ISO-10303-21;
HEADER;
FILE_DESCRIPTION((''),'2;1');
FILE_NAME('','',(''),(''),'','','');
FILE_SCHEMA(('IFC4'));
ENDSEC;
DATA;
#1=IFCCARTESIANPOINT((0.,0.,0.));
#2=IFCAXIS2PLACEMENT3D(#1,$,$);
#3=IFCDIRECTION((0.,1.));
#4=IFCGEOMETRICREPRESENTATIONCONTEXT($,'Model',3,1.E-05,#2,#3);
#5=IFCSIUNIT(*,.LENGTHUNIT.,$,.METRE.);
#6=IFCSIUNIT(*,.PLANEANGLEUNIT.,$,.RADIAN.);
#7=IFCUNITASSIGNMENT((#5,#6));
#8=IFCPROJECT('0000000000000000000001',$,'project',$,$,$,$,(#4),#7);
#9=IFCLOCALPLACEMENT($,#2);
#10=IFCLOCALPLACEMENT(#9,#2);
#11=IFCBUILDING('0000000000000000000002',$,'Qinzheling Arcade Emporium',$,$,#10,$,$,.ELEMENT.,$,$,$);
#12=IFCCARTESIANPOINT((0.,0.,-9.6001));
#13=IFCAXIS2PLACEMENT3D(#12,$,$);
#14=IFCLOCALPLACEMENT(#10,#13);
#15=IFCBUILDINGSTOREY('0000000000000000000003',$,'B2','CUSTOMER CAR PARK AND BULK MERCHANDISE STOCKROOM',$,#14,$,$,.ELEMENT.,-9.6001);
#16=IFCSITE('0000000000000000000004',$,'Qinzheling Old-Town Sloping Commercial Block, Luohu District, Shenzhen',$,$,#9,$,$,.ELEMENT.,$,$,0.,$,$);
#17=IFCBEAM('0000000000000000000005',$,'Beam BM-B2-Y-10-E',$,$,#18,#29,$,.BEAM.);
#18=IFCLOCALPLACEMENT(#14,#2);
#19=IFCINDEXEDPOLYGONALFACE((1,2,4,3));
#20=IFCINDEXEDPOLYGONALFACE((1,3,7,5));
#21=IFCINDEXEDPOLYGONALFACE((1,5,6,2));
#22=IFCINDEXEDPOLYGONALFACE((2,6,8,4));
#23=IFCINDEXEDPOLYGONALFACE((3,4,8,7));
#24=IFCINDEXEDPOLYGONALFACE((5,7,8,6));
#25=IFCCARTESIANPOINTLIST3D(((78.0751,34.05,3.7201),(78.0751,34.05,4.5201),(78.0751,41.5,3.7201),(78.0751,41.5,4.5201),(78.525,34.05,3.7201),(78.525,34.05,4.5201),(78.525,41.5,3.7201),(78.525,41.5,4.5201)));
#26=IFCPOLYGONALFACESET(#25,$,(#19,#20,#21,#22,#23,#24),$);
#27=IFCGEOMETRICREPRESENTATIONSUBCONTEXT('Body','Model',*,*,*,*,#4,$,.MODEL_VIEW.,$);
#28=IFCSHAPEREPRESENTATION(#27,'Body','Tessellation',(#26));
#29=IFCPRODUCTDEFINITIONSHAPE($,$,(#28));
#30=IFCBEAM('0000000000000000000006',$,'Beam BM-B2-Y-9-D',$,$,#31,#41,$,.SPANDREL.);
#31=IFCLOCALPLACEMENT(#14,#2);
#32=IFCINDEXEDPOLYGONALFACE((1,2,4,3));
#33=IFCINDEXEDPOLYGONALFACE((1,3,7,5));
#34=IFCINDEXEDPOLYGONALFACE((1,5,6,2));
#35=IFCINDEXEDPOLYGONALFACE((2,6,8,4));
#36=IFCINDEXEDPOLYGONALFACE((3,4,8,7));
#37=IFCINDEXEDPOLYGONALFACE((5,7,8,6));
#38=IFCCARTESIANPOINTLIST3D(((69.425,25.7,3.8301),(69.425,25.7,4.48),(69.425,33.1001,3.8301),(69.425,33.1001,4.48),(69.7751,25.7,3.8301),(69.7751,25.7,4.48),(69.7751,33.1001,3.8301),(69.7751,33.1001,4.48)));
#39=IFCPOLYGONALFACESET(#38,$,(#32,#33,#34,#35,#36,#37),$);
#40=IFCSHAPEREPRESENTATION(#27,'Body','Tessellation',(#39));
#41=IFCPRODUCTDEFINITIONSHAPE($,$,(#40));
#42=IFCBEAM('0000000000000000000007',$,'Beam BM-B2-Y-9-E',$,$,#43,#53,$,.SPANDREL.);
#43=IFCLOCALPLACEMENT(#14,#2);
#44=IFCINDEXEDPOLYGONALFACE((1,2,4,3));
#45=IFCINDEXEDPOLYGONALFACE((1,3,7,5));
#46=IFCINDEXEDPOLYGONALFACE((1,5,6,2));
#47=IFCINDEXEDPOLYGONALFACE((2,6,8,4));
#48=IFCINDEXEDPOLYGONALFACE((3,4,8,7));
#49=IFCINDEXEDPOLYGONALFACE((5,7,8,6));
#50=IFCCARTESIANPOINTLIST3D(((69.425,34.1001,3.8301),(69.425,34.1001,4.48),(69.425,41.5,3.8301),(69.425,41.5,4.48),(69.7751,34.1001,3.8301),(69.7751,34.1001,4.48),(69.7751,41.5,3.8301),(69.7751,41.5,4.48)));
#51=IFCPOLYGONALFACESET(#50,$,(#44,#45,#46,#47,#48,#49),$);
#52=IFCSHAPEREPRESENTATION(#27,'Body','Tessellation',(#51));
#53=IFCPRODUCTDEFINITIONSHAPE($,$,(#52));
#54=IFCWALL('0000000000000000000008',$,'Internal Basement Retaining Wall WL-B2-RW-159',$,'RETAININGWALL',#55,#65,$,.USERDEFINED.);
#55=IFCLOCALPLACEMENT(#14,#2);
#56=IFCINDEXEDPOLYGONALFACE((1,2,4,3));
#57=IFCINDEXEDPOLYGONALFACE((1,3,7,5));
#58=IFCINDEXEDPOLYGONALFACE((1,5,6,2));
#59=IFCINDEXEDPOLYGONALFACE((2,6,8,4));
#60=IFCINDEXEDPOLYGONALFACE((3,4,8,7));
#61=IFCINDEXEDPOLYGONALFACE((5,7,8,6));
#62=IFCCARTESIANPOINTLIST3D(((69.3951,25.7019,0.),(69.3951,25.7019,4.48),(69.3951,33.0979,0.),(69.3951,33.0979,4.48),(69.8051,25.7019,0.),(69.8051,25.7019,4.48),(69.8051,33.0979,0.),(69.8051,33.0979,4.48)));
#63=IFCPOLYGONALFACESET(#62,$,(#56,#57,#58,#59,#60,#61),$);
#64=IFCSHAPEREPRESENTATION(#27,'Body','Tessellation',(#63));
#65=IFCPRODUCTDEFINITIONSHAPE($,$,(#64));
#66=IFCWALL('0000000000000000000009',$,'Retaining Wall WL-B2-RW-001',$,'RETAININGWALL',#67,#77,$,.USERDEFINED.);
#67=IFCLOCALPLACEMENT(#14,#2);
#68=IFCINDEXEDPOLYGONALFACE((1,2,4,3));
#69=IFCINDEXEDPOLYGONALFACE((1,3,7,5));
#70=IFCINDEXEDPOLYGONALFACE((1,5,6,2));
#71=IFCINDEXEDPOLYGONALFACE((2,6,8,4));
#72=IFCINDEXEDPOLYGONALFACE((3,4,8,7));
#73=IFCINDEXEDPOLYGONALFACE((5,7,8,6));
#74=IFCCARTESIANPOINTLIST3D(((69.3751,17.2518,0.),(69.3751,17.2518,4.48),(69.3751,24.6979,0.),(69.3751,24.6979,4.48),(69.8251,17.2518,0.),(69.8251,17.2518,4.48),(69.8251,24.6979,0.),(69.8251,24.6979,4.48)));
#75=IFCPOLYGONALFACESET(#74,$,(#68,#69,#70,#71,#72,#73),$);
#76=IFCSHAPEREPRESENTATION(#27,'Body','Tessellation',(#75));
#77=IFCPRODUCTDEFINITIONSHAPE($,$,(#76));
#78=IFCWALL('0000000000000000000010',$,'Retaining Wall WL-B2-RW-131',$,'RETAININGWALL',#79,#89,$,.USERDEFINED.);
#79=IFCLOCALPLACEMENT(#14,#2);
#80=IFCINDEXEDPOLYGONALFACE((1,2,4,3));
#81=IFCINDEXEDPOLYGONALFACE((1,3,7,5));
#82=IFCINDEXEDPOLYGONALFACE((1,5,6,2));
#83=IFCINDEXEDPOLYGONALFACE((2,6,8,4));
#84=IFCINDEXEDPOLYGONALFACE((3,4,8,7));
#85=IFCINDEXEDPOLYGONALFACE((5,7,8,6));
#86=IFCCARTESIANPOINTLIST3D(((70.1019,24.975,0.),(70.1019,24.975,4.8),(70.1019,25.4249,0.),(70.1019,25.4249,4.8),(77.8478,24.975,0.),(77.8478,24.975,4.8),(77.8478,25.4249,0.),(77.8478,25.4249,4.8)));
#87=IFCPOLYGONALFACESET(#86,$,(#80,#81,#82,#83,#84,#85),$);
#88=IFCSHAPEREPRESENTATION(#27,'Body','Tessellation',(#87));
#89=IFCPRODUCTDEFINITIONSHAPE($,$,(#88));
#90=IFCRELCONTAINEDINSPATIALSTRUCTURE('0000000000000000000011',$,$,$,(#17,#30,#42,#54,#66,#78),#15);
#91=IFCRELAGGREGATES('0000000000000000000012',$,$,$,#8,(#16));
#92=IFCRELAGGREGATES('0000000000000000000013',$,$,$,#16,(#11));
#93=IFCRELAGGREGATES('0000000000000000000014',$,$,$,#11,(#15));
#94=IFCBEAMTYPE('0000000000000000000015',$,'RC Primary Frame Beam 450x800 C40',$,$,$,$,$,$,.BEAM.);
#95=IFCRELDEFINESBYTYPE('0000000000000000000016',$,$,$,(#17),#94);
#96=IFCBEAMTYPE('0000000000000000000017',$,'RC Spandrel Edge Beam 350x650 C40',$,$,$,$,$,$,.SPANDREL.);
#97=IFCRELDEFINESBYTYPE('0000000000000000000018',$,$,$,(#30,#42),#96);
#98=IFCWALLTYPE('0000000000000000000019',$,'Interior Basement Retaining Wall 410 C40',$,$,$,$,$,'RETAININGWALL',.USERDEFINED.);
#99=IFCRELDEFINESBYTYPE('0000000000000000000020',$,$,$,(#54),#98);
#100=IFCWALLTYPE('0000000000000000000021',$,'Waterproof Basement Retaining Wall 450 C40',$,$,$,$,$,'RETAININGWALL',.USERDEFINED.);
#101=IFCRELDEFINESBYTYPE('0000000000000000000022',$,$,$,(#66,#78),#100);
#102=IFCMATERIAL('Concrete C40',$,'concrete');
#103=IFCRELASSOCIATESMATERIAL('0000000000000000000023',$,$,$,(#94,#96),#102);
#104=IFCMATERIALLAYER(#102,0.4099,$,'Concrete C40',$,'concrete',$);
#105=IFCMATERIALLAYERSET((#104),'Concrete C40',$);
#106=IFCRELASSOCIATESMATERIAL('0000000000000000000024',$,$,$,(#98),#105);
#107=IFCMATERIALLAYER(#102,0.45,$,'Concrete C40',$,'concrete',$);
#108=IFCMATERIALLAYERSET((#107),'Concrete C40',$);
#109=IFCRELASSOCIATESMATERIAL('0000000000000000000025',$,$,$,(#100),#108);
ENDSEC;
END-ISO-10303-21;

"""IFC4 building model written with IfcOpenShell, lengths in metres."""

from ifc_helpers import new_model, si_unit, direction, frame, frame_2d, origin, origin_2d, place, context, subcontext, project, spatial, rectangle, extrude, material, layer, layer_set, material_profile, profile_set, type_object, element, save


model = new_model("IFC4")

# Units and contexts
model_context = context("Model", 3, precision=1e-05, world=origin(), true_north=direction((0.0, 1.0)))
body_context = subcontext(model_context, "Body", "Model", "MODEL_VIEW")
ifc_project = project(units=[si_unit("LENGTHUNIT", "METRE"), si_unit("PLANEANGLEUNIT", "RADIAN")], contexts=[model_context])

# Site, building, storey
site_placement = place(None, origin())
site = spatial("IfcSite", under=ifc_project, at=site_placement, Name="Qinzheling Old-Town Sloping Commercial Block, Luohu District, Shenzhen", CompositionType="ELEMENT", RefElevation=0.0)
building_placement = place(site_placement, origin())
building = spatial("IfcBuilding", under=site, at=building_placement, Name="Qinzheling Arcade Emporium", CompositionType="ELEMENT")
storey_placement = place(building_placement, frame((0.0, 0.0, -9.6001)))
storey = spatial("IfcBuildingStorey", under=building, at=storey_placement, Name="B2", Description="CUSTOMER CAR PARK AND BULK MERCHANDISE STOCKROOM", CompositionType="ELEMENT", Elevation=-9.6001)

# Shared definitions
ifc_material_1 = material(Name="Concrete C40", Category="concrete")

# Beams
ifc_material_profile_1 = material_profile(ifc_material_1, rectangle(XDim=0.45, YDim=0.8, at=origin_2d()), Name="RC 450x800", Category="concrete")
ifc_profile_set_1 = profile_set([ifc_material_profile_1], Name="Concrete C40")
beam_type_1 = type_object("IfcBeamType", Name="RC Primary Frame Beam 450x800 C40", PredefinedType="BEAM", material=ifc_profile_set_1)
beam_1_placement = place(storey_placement, frame((78.3, 34.05, 4.1201), z_axis=(0.0, 1.0, 0.0), x_axis=(-1.0, 0.0, 0.0)))
element("IfcBeam", 1, at=beam_1_placement, inside=storey, type_object=beam_type_1, Name="Beam BM-B2-Y-10-E", PredefinedType="BEAM", context=body_context, shape_type="SweptSolid", body=[
    extrude(rectangle(XDim=0.45, YDim=0.8, at=origin_2d()), origin(), (0.0, 0.0, 1.0), 7.45),
])
ifc_material_profile_2 = material_profile(ifc_material_1, rectangle(XDim=0.3501, YDim=0.6499, at=origin_2d()), Name="RC 350x650", Category="concrete")
ifc_profile_set_2 = profile_set([ifc_material_profile_2], Name="Concrete C40")
beam_type_2 = type_object("IfcBeamType", Name="RC Spandrel Edge Beam 350x650 C40", PredefinedType="SPANDREL", material=ifc_profile_set_2)
beam_2_placement = place(storey_placement, frame((69.6001, 25.7, 4.155), z_axis=(0.0, 1.0, 0.0), x_axis=(-1.0, 0.0, 0.0)))
element("IfcBeam", 2, at=beam_2_placement, inside=storey, type_object=beam_type_2, Name="Beam BM-B2-Y-9-D", PredefinedType="SPANDREL", context=body_context, shape_type="SweptSolid", body=[
    extrude(rectangle(XDim=0.3501, YDim=0.6499, at=origin_2d()), origin(), (0.0, 0.0, 1.0), 7.4001),
])
beam_3_placement = place(storey_placement, frame((69.6001, 34.1001, 4.155), z_axis=(0.0, 1.0, 0.0), x_axis=(-1.0, 0.0, 0.0)))
element("IfcBeam", 3, at=beam_3_placement, inside=storey, type_object=beam_type_2, Name="Beam BM-B2-Y-9-E", PredefinedType="SPANDREL", context=body_context, shape_type="SweptSolid", body=[
    extrude(rectangle(XDim=0.3501, YDim=0.6499, at=origin_2d()), origin(), (0.0, 0.0, 1.0), 7.3999),
])

# Walls
ifc_layer_1 = layer(ifc_material_1, 0.4099, Name="Concrete C40", Category="concrete")
ifc_layer_set_1 = layer_set([ifc_layer_1], Name="Concrete C40")
wall_type_1 = type_object("IfcWallType", Name="Interior Basement Retaining Wall 410 C40", ElementType="RETAININGWALL", PredefinedType="USERDEFINED", material=ifc_layer_set_1)
wall_1_placement = place(storey_placement, frame((69.6001, 33.0979, 0.0), z_axis=(0.0, 0.0, 1.0), x_axis=(0.0, -1.0, 0.0)))
element("IfcWall", 4, at=wall_1_placement, inside=storey, type_object=wall_type_1, Name="Internal Basement Retaining Wall WL-B2-RW-159", ObjectType="RETAININGWALL", PredefinedType="USERDEFINED", context=body_context, shape_type="SweptSolid", body=[
    extrude(rectangle(XDim=7.396, YDim=0.4099, at=frame_2d((3.698, 0.0))), origin(), (0.0, 0.0, 1.0), 4.48),
])
ifc_layer_2 = layer(ifc_material_1, 0.45, Name="Concrete C40", Category="concrete")
ifc_layer_set_2 = layer_set([ifc_layer_2], Name="Concrete C40")
wall_type_2 = type_object("IfcWallType", Name="Waterproof Basement Retaining Wall 450 C40", ElementType="RETAININGWALL", PredefinedType="USERDEFINED", material=ifc_layer_set_2)
wall_2_placement = place(storey_placement, frame((69.6001, 24.698, 0.0), z_axis=(0.0, 0.0, 1.0), x_axis=(0.0, -1.0, 0.0)))
element("IfcWall", 5, at=wall_2_placement, inside=storey, type_object=wall_type_2, Name="Retaining Wall WL-B2-RW-001", ObjectType="RETAININGWALL", PredefinedType="USERDEFINED", context=body_context, shape_type="SweptSolid", body=[
    extrude(rectangle(XDim=7.446, YDim=0.45, at=frame_2d((3.7231, 0.0))), origin(), (0.0, 0.0, 1.0), 4.48),
])
wall_3_placement = place(storey_placement, frame((77.8479, 25.2, 0.0), z_axis=(0.0, 0.0, 1.0), x_axis=(-1.0, 0.0, 0.0)))
element("IfcWall", 6, at=wall_3_placement, inside=storey, type_object=wall_type_2, Name="Retaining Wall WL-B2-RW-131", ObjectType="RETAININGWALL", PredefinedType="USERDEFINED", context=body_context, shape_type="SweptSolid", body=[
    extrude(rectangle(XDim=7.7458, YDim=0.45, at=frame_2d((3.873, 0.0))), origin(), (0.0, 0.0, 1.0), 4.8),
])

save(model, "model.ifc")
